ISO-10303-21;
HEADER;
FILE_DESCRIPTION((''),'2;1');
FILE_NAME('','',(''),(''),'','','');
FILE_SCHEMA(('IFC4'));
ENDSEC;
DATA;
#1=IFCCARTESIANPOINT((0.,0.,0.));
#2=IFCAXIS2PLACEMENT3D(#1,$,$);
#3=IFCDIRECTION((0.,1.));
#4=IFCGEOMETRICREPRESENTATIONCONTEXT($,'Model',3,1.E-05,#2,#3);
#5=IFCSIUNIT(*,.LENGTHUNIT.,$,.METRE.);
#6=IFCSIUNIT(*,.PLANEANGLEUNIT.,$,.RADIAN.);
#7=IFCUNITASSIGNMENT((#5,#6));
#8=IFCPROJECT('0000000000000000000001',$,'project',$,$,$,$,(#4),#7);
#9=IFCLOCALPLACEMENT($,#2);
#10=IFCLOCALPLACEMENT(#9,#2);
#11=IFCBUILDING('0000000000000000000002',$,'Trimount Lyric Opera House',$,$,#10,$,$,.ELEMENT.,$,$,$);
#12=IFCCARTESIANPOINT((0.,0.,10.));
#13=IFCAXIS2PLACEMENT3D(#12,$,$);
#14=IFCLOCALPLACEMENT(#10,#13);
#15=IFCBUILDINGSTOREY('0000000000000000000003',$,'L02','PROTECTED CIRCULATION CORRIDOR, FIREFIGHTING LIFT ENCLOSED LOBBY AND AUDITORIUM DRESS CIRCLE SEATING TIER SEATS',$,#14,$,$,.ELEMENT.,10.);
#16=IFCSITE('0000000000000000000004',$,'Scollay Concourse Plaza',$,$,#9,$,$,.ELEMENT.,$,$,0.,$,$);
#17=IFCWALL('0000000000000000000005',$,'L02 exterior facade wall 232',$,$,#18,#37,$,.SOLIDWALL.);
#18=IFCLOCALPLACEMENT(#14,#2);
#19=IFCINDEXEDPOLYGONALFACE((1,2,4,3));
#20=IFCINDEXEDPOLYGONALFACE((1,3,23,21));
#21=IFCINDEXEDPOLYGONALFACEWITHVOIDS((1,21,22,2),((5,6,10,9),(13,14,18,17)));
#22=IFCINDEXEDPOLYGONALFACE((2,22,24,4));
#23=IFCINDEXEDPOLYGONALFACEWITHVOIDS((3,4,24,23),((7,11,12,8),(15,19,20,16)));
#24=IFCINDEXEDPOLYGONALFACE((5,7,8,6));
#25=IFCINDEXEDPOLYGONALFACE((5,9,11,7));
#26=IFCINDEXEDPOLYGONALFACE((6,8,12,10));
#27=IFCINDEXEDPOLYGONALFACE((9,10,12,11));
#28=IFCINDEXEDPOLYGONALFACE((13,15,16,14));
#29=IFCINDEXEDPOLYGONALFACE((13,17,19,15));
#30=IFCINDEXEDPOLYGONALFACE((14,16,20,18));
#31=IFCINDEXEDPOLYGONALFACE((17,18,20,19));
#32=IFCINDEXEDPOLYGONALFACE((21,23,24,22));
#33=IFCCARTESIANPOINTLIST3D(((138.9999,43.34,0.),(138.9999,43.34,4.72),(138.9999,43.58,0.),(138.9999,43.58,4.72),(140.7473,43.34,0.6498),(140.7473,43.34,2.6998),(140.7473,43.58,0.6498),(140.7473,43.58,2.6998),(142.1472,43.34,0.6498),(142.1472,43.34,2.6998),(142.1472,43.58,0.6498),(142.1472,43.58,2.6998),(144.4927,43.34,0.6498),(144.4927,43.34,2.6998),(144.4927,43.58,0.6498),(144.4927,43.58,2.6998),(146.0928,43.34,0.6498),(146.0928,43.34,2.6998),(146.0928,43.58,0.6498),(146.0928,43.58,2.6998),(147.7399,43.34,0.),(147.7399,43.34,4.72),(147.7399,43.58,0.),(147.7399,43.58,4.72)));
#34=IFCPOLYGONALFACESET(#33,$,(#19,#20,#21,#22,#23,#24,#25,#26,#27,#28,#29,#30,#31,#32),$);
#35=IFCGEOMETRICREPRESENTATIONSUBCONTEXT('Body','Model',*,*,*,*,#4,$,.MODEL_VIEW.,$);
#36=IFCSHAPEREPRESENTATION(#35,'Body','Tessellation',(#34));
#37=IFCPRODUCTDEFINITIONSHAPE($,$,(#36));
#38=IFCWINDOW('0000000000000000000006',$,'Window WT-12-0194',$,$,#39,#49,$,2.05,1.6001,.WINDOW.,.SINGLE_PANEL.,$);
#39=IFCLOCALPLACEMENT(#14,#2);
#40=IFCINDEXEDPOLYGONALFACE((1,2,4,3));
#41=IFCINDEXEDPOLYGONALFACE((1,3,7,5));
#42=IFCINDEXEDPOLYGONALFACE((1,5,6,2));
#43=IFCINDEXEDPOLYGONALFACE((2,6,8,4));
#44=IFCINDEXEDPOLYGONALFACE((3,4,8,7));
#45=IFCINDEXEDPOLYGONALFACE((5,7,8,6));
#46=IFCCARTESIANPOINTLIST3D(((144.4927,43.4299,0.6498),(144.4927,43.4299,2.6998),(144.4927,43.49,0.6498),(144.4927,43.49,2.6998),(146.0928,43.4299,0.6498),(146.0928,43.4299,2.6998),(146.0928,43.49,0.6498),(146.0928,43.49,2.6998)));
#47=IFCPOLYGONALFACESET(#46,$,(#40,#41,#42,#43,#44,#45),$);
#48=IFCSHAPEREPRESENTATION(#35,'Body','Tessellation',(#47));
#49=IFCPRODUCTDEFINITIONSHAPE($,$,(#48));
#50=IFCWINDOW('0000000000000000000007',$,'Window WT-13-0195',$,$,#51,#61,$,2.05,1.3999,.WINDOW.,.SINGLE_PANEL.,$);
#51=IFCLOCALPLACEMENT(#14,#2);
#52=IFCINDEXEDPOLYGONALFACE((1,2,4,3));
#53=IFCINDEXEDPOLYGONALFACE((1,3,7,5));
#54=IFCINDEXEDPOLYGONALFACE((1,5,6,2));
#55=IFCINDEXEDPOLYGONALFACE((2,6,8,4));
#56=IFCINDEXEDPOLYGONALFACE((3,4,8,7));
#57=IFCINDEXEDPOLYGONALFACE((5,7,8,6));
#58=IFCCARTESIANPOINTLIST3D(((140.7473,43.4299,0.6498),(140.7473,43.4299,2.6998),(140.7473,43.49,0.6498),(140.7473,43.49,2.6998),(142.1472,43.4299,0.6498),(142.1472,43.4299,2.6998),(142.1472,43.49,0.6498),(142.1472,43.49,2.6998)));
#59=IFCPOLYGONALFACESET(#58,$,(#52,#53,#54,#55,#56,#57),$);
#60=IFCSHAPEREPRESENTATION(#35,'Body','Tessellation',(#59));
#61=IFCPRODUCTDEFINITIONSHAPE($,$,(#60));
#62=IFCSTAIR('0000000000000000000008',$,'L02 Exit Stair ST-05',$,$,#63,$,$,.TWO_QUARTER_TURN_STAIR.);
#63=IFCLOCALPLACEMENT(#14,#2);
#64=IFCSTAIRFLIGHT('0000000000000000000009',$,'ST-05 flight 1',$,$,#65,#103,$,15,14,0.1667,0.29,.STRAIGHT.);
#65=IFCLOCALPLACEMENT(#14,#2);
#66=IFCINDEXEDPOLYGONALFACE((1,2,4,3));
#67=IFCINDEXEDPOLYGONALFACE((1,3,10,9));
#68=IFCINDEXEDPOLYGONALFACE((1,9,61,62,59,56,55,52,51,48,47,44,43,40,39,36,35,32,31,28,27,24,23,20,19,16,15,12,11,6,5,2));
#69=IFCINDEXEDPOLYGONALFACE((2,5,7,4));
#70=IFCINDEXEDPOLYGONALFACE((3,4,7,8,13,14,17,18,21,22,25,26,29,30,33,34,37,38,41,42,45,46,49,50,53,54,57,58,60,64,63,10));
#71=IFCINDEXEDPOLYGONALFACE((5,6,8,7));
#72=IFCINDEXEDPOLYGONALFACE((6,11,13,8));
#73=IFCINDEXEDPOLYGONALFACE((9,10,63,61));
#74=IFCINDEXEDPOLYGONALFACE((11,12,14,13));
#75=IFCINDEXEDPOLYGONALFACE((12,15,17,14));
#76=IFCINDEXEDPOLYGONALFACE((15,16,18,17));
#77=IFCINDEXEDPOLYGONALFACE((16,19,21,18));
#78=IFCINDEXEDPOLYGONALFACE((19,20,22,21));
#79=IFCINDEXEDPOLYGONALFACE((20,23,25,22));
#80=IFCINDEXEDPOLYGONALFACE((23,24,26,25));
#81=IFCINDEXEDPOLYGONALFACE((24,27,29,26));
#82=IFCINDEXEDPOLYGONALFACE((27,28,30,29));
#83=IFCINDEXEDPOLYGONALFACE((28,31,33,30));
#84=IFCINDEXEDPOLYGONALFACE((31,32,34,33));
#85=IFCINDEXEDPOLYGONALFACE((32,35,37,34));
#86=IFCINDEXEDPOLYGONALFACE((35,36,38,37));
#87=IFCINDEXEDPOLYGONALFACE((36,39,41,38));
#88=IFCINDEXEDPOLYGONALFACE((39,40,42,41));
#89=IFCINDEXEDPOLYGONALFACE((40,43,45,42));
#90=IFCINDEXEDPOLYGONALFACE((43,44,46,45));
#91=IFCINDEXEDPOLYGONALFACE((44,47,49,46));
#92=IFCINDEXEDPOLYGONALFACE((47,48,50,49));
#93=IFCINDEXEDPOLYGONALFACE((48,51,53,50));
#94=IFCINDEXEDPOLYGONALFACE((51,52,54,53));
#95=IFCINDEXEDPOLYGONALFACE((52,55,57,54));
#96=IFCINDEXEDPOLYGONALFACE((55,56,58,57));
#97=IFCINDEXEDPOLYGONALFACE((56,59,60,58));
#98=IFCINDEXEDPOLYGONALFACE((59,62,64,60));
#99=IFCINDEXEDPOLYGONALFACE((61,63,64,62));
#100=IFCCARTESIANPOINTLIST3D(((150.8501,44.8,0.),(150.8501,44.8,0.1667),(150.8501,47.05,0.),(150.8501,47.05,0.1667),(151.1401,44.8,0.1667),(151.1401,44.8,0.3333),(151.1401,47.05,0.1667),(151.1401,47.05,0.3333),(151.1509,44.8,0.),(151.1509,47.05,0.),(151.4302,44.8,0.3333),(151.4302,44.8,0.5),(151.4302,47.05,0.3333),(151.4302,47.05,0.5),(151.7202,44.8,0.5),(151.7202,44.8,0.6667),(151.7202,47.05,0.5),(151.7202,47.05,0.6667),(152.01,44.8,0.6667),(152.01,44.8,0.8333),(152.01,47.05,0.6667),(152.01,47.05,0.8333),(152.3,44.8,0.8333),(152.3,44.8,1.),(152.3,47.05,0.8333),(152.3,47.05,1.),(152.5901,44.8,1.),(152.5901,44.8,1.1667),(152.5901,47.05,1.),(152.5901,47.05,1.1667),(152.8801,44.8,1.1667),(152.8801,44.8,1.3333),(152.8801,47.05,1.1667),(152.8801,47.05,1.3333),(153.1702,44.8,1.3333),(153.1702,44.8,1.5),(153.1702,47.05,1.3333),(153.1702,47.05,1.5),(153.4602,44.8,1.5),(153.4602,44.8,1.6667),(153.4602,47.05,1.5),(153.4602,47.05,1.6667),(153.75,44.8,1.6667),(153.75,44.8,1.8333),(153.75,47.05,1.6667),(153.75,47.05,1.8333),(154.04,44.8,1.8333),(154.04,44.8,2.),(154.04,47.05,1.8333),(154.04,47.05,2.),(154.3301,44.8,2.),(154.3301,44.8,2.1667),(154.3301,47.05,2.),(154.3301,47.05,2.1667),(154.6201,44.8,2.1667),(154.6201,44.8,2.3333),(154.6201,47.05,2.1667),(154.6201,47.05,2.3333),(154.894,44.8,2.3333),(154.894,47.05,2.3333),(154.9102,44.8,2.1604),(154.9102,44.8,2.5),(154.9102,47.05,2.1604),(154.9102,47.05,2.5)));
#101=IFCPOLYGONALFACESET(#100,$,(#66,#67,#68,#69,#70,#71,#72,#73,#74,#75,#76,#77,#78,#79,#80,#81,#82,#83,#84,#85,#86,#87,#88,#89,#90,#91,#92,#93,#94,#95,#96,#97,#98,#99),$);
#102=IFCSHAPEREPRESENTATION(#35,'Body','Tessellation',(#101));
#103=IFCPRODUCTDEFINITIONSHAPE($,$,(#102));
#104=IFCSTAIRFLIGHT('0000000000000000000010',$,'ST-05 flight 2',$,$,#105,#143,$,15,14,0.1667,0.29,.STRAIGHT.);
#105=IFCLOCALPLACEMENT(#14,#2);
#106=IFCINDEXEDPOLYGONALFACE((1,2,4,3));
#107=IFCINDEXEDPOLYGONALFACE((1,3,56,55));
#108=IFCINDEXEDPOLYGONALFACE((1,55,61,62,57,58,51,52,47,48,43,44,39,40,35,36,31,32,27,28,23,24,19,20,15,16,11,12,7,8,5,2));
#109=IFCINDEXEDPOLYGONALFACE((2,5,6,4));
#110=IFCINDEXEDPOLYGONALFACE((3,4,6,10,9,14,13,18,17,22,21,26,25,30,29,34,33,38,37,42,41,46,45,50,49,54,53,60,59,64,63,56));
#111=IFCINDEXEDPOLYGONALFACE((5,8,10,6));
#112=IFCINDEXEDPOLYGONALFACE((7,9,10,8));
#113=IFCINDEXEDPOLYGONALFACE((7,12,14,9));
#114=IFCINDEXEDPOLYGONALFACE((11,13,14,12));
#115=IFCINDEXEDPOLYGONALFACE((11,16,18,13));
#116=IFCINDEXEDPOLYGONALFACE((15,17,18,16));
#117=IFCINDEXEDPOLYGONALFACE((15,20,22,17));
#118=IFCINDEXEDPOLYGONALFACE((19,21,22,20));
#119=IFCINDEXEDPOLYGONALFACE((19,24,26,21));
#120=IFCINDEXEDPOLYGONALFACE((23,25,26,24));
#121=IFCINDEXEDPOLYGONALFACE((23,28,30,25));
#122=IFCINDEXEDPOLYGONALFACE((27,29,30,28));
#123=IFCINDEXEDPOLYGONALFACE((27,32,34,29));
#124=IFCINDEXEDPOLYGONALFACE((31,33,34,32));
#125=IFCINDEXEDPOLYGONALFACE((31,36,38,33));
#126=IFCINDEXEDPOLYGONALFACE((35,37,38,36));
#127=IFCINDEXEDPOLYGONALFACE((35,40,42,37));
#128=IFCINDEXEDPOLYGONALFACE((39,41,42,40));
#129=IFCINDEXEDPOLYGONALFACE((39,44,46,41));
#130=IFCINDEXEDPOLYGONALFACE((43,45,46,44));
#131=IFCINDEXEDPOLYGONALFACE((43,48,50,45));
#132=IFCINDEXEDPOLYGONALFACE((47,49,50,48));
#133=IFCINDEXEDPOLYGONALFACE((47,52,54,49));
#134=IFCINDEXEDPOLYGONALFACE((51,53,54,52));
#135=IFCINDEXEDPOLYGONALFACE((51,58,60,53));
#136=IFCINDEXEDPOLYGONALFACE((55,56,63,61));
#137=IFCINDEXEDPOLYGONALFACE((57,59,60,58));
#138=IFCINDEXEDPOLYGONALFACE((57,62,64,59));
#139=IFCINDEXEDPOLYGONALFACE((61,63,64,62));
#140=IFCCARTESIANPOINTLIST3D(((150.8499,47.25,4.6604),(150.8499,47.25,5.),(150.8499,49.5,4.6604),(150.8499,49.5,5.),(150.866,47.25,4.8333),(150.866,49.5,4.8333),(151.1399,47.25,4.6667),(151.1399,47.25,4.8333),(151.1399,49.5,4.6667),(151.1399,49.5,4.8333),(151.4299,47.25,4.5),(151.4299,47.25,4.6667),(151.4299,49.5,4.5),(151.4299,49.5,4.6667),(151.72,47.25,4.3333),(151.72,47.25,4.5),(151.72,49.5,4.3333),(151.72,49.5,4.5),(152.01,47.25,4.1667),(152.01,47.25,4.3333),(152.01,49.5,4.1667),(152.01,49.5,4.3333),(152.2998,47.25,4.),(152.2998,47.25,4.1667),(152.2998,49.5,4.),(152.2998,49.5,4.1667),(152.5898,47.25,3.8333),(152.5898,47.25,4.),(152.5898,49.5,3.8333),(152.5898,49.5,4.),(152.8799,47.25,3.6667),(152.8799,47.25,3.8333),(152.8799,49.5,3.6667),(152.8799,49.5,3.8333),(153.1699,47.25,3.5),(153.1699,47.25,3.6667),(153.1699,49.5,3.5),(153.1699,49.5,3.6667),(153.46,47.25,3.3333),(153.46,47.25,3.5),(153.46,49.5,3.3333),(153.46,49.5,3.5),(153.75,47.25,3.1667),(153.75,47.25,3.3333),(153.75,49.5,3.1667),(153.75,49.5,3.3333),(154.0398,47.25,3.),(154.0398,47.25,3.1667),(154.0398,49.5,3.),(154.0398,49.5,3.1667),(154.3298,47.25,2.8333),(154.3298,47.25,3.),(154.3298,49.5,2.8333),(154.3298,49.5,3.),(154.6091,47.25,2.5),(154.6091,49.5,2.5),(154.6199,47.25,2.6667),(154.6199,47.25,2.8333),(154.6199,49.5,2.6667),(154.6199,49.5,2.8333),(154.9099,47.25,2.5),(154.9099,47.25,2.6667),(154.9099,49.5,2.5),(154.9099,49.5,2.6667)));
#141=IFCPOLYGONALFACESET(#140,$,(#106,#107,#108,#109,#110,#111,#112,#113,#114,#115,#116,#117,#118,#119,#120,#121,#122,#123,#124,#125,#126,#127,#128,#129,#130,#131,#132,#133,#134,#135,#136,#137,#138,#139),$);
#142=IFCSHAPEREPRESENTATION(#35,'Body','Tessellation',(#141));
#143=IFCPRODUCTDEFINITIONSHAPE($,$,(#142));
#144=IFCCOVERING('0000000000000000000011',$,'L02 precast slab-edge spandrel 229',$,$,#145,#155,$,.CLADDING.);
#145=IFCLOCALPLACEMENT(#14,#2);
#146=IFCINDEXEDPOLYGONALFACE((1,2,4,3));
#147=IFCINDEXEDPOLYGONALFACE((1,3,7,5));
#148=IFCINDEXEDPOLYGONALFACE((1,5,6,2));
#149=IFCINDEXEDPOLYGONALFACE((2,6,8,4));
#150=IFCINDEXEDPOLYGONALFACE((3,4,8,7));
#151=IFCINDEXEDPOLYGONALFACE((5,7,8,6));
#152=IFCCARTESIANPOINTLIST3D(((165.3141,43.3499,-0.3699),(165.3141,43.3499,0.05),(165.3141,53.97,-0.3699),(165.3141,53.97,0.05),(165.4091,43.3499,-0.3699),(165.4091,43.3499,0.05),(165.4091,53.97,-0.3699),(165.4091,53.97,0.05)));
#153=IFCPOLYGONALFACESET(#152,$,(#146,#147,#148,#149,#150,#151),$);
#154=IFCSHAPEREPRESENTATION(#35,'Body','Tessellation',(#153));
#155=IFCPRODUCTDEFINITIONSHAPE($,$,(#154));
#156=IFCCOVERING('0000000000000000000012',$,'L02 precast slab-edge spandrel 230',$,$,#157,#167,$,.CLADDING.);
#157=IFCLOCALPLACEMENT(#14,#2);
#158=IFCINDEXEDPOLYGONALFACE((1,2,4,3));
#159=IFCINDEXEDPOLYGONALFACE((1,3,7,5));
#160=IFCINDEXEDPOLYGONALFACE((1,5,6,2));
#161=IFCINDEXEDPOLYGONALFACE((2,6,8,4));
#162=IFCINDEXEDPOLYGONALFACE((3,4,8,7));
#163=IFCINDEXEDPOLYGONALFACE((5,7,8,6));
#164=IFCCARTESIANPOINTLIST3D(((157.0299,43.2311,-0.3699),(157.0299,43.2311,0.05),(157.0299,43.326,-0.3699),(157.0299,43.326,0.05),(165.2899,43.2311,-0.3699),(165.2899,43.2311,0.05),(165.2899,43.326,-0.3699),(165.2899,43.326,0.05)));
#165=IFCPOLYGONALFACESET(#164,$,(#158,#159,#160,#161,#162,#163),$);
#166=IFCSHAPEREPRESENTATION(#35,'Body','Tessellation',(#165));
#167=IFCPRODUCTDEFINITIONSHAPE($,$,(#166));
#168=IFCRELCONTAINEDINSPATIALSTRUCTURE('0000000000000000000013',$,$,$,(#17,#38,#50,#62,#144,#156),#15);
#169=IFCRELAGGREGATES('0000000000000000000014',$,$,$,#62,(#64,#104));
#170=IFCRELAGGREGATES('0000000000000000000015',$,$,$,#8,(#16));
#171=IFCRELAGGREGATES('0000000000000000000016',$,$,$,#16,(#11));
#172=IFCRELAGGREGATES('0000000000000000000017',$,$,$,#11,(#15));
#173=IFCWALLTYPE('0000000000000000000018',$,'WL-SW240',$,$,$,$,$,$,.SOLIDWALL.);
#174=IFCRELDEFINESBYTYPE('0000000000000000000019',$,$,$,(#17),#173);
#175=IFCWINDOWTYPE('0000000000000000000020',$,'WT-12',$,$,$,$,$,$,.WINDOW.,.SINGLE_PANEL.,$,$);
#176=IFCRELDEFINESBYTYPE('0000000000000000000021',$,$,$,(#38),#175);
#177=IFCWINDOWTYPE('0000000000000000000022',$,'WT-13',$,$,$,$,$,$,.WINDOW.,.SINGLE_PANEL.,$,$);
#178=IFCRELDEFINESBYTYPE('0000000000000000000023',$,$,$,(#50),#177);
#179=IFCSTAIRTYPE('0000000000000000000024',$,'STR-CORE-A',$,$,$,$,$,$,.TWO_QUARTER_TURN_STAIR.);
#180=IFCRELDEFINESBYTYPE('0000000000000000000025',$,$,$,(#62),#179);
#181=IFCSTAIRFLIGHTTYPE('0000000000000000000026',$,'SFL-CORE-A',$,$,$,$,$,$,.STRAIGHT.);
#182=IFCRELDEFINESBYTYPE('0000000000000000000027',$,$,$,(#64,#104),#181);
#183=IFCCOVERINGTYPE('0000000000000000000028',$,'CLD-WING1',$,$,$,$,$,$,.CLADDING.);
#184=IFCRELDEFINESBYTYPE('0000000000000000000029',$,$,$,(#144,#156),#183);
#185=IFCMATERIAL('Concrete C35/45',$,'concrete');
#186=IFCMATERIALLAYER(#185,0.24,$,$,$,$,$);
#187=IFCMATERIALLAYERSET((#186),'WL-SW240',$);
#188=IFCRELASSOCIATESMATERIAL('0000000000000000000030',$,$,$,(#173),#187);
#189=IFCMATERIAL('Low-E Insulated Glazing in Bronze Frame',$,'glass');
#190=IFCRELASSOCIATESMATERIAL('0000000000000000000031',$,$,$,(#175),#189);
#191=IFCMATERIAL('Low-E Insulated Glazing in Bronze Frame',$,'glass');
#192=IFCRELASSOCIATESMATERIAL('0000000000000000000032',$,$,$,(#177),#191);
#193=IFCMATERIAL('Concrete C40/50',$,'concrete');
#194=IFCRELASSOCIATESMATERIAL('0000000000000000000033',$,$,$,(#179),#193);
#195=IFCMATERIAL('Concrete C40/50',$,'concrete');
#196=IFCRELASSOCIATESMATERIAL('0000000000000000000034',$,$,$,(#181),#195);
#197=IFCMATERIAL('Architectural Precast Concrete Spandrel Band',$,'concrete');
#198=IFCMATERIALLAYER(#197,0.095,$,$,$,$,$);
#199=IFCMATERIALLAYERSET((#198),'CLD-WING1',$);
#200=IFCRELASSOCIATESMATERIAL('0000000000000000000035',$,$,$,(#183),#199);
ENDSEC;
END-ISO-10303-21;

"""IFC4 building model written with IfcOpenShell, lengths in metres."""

from ifc_helpers import new_model, si_unit, direction, frame, frame_2d, origin, origin_2d, place, context, subcontext, project, spatial, polyline, rectangle, outline, extrude, material, layer, layer_set, type_object, element, fill, aggregate, save


model = new_model("IFC4")

# Units and contexts
model_context = context("Model", 3, precision=1e-05, world=origin(), true_north=direction((0.0, 1.0)))
body_context = subcontext(model_context, "Body", "Model", "MODEL_VIEW")
ifc_project = project(units=[si_unit("LENGTHUNIT", "METRE"), si_unit("PLANEANGLEUNIT", "RADIAN")], contexts=[model_context])

# Site, building, storey
site_placement = place(None, origin())
site = spatial("IfcSite", under=ifc_project, at=site_placement, Name="Scollay Concourse Plaza", CompositionType="ELEMENT", RefElevation=0.0)
building_placement = place(site_placement, origin())
building = spatial("IfcBuilding", under=site, at=building_placement, Name="Trimount Lyric Opera House", CompositionType="ELEMENT")
storey_placement = place(building_placement, frame((0.0, 0.0, 10.0)))
storey = spatial("IfcBuildingStorey", under=building, at=storey_placement, Name="L02", Description="PROTECTED CIRCULATION CORRIDOR, FIREFIGHTING LIFT ENCLOSED LOBBY AND AUDITORIUM DRESS CIRCLE SEATING TIER SEATS", CompositionType="ELEMENT", Elevation=10.0)

# Wall, openings, windows
ifc_material_1 = material(Name="Concrete C35/45", Category="concrete")
ifc_layer_1 = layer(ifc_material_1, 0.24)
ifc_layer_set_1 = layer_set([ifc_layer_1], Name="WL-SW240")
wall_type_1 = type_object("IfcWallType", Name="WL-SW240", PredefinedType="SOLIDWALL", material=ifc_layer_set_1)
wall_1_placement = place(storey_placement, frame((147.74, 43.46, 0.0), z_axis=(0.0, 0.0, 1.0), x_axis=(-1.0, 0.0, 0.0)))
wall_1 = element("IfcWall", 1, at=wall_1_placement, inside=storey, type_object=wall_type_1, Name="L02 exterior facade wall 232", PredefinedType="SOLIDWALL", context=body_context, shape_type="SweptSolid", body=[
    extrude(rectangle(XDim=8.74, YDim=0.24, at=frame_2d((4.3701, 0.0))), origin(), (0.0, 0.0, 1.0), 4.72),
])
opening_1_placement = place(wall_1_placement, frame((1.6472, 0.0, 0.6499)))
opening_1 = element("IfcOpeningElement", 2, at=opening_1_placement, cuts=wall_1, PredefinedType="OPENING", context=body_context, shape_type="SweptSolid", body=[
    extrude(rectangle(XDim=1.6001, YDim=2.05, at=frame_2d((0.8, 1.0249))), frame((0.0, 0.1299, 0.0), z_axis=(0.0, -1.0, 0.0), x_axis=(1.0, 0.0, 0.0)), (0.0, 0.0, 1.0), 0.26),
])
opening_2_placement = place(wall_1_placement, frame((5.5928, 0.0, 0.6499)))
opening_2 = element("IfcOpeningElement", 3, at=opening_2_placement, cuts=wall_1, PredefinedType="OPENING", context=body_context, shape_type="SweptSolid", body=[
    extrude(rectangle(XDim=1.3999, YDim=2.05, at=frame_2d((0.7, 1.0249))), frame((0.0, 0.1299, 0.0), z_axis=(0.0, -1.0, 0.0), x_axis=(1.0, 0.0, 0.0)), (0.0, 0.0, 1.0), 0.26),
])
ifc_material_2 = material(Name="Low-E Insulated Glazing in Bronze Frame", Category="glass")
window_type_1 = type_object("IfcWindowType", Name="WT-12", PartitioningType="SINGLE_PANEL", PredefinedType="WINDOW", material=ifc_material_2)
window_1_placement = place(opening_1_placement, origin())
window_1 = element("IfcWindow", 4, at=window_1_placement, inside=storey, type_object=window_type_1, Name="Window WT-12-0194", OverallHeight=2.05, OverallWidth=1.6001, PartitioningType="SINGLE_PANEL", PredefinedType="WINDOW", context=body_context, shape_type="SweptSolid", body=[
    extrude(rectangle(XDim=1.6001, YDim=2.05, at=frame_2d((0.8, 1.0249))), frame((0.0, 0.03, 0.0), z_axis=(0.0, -1.0, 0.0), x_axis=(1.0, 0.0, 0.0)), (0.0, 0.0, 1.0), 0.0601),
])
fill(opening_1, window_1)
ifc_material_3 = material(Name="Low-E Insulated Glazing in Bronze Frame", Category="glass")
window_type_2 = type_object("IfcWindowType", Name="WT-13", PartitioningType="SINGLE_PANEL", PredefinedType="WINDOW", material=ifc_material_3)
window_2_placement = place(opening_2_placement, origin())
window_2 = element("IfcWindow", 5, at=window_2_placement, inside=storey, type_object=window_type_2, Name="Window WT-13-0195", OverallHeight=2.05, OverallWidth=1.3999, PartitioningType="SINGLE_PANEL", PredefinedType="WINDOW", context=body_context, shape_type="SweptSolid", body=[
    extrude(rectangle(XDim=1.3999, YDim=2.05, at=frame_2d((0.7, 1.0249))), frame((0.0, 0.03, 0.0), z_axis=(0.0, -1.0, 0.0), x_axis=(1.0, 0.0, 0.0)), (0.0, 0.0, 1.0), 0.0601),
])
fill(opening_2, window_2)

# Stair, stair flights
ifc_material_4 = material(Name="Concrete C40/50", Category="concrete")
stair_type = type_object("IfcStairType", Name="STR-CORE-A", PredefinedType="TWO_QUARTER_TURN_STAIR", material=ifc_material_4)
stair_placement = place(storey_placement, origin())
stair = element("IfcStair", 6, at=stair_placement, inside=storey, type_object=stair_type, Name="L02 Exit Stair ST-05", PredefinedType="TWO_QUARTER_TURN_STAIR")
ifc_material_5 = material(Name="Concrete C40/50", Category="concrete")
stair_flight_type = type_object("IfcStairFlightType", Name="SFL-CORE-A", PredefinedType="STRAIGHT", material=ifc_material_5)
stair_flight_1_placement = place(storey_placement, frame((150.8501, 45.925, 0.0), z_axis=(0.0, 0.0, 1.0), x_axis=(1.0, 0.0, 0.0)))
stair_flight_1 = element("IfcStairFlight", 7, at=stair_flight_1_placement, type_object=stair_flight_type, Name="ST-05 flight 1", NumberOfRisers=15, NumberOfTreads=14, PredefinedType="STRAIGHT", RiserHeight=0.1667, TreadLength=0.29, context=body_context, shape_type="SweptSolid", body=[
    extrude(outline(polyline([(0.0, 0.0), (0.0, 0.1667), (0.29, 0.1667), (0.29, 0.3333), (0.5801, 0.3333), (0.5801, 0.5), (0.8701, 0.5), (0.8701, 0.6667), (1.1599, 0.6667), (1.1599, 0.8333), (1.45, 0.8333), (1.45, 1.0), (1.74, 1.0), (1.74, 1.1667), (2.03, 1.1667), (2.03, 1.3333), (2.3201, 1.3333), (2.3201, 1.5), (2.6101, 1.5), (2.6101, 1.6667), (2.8999, 1.6667), (2.8999, 1.8333), (3.1899, 1.8333), (3.1899, 2.0), (3.48, 2.0), (3.48, 2.1667), (3.77, 2.1667), (3.77, 2.3333), (4.0439, 2.3333), (4.0601, 2.5), (4.0601, 2.1604), (0.3008, 0.0), (0.0, 0.0)])), frame((0.0, 1.125, 0.0), z_axis=(0.0, -1.0, 0.0), x_axis=(1.0, 0.0, 0.0)), (0.0, 0.0, 1.0), 2.25),
])
stair_flight_2_placement = place(storey_placement, frame((154.9099, 48.375, 2.5), z_axis=(0.0, 0.0, 1.0), x_axis=(-1.0, 0.0, 0.0)))
stair_flight_2 = element("IfcStairFlight", 8, at=stair_flight_2_placement, type_object=stair_flight_type, Name="ST-05 flight 2", NumberOfRisers=15, NumberOfTreads=14, PredefinedType="STRAIGHT", RiserHeight=0.1667, TreadLength=0.29, context=body_context, shape_type="SweptSolid", body=[
    extrude(outline(polyline([(0.0, 0.0), (0.0, 0.1667), (0.29, 0.1667), (0.29, 0.3333), (0.5801, 0.3333), (0.5801, 0.5), (0.8701, 0.5), (0.8701, 0.6667), (1.1599, 0.6667), (1.1599, 0.8333), (1.45, 0.8333), (1.45, 1.0), (1.74, 1.0), (1.74, 1.1667), (2.03, 1.1667), (2.03, 1.3333), (2.3201, 1.3333), (2.3201, 1.5), (2.6101, 1.5), (2.6101, 1.6667), (2.8999, 1.6667), (2.8999, 1.8333), (3.1899, 1.8333), (3.1899, 2.0), (3.48, 2.0), (3.48, 2.1667), (3.77, 2.1667), (3.77, 2.3333), (4.0439, 2.3333), (4.0601, 2.5), (4.0601, 2.1604), (0.3008, 0.0), (0.0, 0.0)])), frame((0.0, 1.125, 0.0), z_axis=(0.0, -1.0, 0.0), x_axis=(1.0, 0.0, 0.0)), (0.0, 0.0, 1.0), 2.25),
])
aggregate(stair, [stair_flight_1, stair_flight_2])

# Coverings
ifc_material_6 = material(Name="Architectural Precast Concrete Spandrel Band", Category="concrete")
ifc_layer_2 = layer(ifc_material_6, 0.095)
ifc_layer_set_2 = layer_set([ifc_layer_2], Name="CLD-WING1")
covering_type = type_object("IfcCoveringType", Name="CLD-WING1", PredefinedType="CLADDING", material=ifc_layer_set_2)
covering_1_placement = place(storey_placement, frame((165.3616, 48.6599, -0.3699), z_axis=(0.0, 0.0, 1.0), x_axis=(0.0, -1.0, 0.0)))
element("IfcCovering", 9, at=covering_1_placement, inside=storey, type_object=covering_type, Name="L02 precast slab-edge spandrel 229", PredefinedType="CLADDING", context=body_context, shape_type="SweptSolid", body=[
    extrude(rectangle(XDim=10.6201, YDim=0.095, at=origin_2d()), origin(), (0.0, 0.0, 1.0), 0.4199),
])
covering_2_placement = place(storey_placement, frame((161.1599, 43.2786, -0.3699), z_axis=(0.0, 0.0, 1.0), x_axis=(-1.0, 0.0, 0.0)))
element("IfcCovering", 10, at=covering_2_placement, inside=storey, type_object=covering_type, Name="L02 precast slab-edge spandrel 230", PredefinedType="CLADDING", context=body_context, shape_type="SweptSolid", body=[
    extrude(rectangle(XDim=8.26, YDim=0.095, at=origin_2d()), origin(), (0.0, 0.0, 1.0), 0.4199),
])

save(model, "model.ifc")
